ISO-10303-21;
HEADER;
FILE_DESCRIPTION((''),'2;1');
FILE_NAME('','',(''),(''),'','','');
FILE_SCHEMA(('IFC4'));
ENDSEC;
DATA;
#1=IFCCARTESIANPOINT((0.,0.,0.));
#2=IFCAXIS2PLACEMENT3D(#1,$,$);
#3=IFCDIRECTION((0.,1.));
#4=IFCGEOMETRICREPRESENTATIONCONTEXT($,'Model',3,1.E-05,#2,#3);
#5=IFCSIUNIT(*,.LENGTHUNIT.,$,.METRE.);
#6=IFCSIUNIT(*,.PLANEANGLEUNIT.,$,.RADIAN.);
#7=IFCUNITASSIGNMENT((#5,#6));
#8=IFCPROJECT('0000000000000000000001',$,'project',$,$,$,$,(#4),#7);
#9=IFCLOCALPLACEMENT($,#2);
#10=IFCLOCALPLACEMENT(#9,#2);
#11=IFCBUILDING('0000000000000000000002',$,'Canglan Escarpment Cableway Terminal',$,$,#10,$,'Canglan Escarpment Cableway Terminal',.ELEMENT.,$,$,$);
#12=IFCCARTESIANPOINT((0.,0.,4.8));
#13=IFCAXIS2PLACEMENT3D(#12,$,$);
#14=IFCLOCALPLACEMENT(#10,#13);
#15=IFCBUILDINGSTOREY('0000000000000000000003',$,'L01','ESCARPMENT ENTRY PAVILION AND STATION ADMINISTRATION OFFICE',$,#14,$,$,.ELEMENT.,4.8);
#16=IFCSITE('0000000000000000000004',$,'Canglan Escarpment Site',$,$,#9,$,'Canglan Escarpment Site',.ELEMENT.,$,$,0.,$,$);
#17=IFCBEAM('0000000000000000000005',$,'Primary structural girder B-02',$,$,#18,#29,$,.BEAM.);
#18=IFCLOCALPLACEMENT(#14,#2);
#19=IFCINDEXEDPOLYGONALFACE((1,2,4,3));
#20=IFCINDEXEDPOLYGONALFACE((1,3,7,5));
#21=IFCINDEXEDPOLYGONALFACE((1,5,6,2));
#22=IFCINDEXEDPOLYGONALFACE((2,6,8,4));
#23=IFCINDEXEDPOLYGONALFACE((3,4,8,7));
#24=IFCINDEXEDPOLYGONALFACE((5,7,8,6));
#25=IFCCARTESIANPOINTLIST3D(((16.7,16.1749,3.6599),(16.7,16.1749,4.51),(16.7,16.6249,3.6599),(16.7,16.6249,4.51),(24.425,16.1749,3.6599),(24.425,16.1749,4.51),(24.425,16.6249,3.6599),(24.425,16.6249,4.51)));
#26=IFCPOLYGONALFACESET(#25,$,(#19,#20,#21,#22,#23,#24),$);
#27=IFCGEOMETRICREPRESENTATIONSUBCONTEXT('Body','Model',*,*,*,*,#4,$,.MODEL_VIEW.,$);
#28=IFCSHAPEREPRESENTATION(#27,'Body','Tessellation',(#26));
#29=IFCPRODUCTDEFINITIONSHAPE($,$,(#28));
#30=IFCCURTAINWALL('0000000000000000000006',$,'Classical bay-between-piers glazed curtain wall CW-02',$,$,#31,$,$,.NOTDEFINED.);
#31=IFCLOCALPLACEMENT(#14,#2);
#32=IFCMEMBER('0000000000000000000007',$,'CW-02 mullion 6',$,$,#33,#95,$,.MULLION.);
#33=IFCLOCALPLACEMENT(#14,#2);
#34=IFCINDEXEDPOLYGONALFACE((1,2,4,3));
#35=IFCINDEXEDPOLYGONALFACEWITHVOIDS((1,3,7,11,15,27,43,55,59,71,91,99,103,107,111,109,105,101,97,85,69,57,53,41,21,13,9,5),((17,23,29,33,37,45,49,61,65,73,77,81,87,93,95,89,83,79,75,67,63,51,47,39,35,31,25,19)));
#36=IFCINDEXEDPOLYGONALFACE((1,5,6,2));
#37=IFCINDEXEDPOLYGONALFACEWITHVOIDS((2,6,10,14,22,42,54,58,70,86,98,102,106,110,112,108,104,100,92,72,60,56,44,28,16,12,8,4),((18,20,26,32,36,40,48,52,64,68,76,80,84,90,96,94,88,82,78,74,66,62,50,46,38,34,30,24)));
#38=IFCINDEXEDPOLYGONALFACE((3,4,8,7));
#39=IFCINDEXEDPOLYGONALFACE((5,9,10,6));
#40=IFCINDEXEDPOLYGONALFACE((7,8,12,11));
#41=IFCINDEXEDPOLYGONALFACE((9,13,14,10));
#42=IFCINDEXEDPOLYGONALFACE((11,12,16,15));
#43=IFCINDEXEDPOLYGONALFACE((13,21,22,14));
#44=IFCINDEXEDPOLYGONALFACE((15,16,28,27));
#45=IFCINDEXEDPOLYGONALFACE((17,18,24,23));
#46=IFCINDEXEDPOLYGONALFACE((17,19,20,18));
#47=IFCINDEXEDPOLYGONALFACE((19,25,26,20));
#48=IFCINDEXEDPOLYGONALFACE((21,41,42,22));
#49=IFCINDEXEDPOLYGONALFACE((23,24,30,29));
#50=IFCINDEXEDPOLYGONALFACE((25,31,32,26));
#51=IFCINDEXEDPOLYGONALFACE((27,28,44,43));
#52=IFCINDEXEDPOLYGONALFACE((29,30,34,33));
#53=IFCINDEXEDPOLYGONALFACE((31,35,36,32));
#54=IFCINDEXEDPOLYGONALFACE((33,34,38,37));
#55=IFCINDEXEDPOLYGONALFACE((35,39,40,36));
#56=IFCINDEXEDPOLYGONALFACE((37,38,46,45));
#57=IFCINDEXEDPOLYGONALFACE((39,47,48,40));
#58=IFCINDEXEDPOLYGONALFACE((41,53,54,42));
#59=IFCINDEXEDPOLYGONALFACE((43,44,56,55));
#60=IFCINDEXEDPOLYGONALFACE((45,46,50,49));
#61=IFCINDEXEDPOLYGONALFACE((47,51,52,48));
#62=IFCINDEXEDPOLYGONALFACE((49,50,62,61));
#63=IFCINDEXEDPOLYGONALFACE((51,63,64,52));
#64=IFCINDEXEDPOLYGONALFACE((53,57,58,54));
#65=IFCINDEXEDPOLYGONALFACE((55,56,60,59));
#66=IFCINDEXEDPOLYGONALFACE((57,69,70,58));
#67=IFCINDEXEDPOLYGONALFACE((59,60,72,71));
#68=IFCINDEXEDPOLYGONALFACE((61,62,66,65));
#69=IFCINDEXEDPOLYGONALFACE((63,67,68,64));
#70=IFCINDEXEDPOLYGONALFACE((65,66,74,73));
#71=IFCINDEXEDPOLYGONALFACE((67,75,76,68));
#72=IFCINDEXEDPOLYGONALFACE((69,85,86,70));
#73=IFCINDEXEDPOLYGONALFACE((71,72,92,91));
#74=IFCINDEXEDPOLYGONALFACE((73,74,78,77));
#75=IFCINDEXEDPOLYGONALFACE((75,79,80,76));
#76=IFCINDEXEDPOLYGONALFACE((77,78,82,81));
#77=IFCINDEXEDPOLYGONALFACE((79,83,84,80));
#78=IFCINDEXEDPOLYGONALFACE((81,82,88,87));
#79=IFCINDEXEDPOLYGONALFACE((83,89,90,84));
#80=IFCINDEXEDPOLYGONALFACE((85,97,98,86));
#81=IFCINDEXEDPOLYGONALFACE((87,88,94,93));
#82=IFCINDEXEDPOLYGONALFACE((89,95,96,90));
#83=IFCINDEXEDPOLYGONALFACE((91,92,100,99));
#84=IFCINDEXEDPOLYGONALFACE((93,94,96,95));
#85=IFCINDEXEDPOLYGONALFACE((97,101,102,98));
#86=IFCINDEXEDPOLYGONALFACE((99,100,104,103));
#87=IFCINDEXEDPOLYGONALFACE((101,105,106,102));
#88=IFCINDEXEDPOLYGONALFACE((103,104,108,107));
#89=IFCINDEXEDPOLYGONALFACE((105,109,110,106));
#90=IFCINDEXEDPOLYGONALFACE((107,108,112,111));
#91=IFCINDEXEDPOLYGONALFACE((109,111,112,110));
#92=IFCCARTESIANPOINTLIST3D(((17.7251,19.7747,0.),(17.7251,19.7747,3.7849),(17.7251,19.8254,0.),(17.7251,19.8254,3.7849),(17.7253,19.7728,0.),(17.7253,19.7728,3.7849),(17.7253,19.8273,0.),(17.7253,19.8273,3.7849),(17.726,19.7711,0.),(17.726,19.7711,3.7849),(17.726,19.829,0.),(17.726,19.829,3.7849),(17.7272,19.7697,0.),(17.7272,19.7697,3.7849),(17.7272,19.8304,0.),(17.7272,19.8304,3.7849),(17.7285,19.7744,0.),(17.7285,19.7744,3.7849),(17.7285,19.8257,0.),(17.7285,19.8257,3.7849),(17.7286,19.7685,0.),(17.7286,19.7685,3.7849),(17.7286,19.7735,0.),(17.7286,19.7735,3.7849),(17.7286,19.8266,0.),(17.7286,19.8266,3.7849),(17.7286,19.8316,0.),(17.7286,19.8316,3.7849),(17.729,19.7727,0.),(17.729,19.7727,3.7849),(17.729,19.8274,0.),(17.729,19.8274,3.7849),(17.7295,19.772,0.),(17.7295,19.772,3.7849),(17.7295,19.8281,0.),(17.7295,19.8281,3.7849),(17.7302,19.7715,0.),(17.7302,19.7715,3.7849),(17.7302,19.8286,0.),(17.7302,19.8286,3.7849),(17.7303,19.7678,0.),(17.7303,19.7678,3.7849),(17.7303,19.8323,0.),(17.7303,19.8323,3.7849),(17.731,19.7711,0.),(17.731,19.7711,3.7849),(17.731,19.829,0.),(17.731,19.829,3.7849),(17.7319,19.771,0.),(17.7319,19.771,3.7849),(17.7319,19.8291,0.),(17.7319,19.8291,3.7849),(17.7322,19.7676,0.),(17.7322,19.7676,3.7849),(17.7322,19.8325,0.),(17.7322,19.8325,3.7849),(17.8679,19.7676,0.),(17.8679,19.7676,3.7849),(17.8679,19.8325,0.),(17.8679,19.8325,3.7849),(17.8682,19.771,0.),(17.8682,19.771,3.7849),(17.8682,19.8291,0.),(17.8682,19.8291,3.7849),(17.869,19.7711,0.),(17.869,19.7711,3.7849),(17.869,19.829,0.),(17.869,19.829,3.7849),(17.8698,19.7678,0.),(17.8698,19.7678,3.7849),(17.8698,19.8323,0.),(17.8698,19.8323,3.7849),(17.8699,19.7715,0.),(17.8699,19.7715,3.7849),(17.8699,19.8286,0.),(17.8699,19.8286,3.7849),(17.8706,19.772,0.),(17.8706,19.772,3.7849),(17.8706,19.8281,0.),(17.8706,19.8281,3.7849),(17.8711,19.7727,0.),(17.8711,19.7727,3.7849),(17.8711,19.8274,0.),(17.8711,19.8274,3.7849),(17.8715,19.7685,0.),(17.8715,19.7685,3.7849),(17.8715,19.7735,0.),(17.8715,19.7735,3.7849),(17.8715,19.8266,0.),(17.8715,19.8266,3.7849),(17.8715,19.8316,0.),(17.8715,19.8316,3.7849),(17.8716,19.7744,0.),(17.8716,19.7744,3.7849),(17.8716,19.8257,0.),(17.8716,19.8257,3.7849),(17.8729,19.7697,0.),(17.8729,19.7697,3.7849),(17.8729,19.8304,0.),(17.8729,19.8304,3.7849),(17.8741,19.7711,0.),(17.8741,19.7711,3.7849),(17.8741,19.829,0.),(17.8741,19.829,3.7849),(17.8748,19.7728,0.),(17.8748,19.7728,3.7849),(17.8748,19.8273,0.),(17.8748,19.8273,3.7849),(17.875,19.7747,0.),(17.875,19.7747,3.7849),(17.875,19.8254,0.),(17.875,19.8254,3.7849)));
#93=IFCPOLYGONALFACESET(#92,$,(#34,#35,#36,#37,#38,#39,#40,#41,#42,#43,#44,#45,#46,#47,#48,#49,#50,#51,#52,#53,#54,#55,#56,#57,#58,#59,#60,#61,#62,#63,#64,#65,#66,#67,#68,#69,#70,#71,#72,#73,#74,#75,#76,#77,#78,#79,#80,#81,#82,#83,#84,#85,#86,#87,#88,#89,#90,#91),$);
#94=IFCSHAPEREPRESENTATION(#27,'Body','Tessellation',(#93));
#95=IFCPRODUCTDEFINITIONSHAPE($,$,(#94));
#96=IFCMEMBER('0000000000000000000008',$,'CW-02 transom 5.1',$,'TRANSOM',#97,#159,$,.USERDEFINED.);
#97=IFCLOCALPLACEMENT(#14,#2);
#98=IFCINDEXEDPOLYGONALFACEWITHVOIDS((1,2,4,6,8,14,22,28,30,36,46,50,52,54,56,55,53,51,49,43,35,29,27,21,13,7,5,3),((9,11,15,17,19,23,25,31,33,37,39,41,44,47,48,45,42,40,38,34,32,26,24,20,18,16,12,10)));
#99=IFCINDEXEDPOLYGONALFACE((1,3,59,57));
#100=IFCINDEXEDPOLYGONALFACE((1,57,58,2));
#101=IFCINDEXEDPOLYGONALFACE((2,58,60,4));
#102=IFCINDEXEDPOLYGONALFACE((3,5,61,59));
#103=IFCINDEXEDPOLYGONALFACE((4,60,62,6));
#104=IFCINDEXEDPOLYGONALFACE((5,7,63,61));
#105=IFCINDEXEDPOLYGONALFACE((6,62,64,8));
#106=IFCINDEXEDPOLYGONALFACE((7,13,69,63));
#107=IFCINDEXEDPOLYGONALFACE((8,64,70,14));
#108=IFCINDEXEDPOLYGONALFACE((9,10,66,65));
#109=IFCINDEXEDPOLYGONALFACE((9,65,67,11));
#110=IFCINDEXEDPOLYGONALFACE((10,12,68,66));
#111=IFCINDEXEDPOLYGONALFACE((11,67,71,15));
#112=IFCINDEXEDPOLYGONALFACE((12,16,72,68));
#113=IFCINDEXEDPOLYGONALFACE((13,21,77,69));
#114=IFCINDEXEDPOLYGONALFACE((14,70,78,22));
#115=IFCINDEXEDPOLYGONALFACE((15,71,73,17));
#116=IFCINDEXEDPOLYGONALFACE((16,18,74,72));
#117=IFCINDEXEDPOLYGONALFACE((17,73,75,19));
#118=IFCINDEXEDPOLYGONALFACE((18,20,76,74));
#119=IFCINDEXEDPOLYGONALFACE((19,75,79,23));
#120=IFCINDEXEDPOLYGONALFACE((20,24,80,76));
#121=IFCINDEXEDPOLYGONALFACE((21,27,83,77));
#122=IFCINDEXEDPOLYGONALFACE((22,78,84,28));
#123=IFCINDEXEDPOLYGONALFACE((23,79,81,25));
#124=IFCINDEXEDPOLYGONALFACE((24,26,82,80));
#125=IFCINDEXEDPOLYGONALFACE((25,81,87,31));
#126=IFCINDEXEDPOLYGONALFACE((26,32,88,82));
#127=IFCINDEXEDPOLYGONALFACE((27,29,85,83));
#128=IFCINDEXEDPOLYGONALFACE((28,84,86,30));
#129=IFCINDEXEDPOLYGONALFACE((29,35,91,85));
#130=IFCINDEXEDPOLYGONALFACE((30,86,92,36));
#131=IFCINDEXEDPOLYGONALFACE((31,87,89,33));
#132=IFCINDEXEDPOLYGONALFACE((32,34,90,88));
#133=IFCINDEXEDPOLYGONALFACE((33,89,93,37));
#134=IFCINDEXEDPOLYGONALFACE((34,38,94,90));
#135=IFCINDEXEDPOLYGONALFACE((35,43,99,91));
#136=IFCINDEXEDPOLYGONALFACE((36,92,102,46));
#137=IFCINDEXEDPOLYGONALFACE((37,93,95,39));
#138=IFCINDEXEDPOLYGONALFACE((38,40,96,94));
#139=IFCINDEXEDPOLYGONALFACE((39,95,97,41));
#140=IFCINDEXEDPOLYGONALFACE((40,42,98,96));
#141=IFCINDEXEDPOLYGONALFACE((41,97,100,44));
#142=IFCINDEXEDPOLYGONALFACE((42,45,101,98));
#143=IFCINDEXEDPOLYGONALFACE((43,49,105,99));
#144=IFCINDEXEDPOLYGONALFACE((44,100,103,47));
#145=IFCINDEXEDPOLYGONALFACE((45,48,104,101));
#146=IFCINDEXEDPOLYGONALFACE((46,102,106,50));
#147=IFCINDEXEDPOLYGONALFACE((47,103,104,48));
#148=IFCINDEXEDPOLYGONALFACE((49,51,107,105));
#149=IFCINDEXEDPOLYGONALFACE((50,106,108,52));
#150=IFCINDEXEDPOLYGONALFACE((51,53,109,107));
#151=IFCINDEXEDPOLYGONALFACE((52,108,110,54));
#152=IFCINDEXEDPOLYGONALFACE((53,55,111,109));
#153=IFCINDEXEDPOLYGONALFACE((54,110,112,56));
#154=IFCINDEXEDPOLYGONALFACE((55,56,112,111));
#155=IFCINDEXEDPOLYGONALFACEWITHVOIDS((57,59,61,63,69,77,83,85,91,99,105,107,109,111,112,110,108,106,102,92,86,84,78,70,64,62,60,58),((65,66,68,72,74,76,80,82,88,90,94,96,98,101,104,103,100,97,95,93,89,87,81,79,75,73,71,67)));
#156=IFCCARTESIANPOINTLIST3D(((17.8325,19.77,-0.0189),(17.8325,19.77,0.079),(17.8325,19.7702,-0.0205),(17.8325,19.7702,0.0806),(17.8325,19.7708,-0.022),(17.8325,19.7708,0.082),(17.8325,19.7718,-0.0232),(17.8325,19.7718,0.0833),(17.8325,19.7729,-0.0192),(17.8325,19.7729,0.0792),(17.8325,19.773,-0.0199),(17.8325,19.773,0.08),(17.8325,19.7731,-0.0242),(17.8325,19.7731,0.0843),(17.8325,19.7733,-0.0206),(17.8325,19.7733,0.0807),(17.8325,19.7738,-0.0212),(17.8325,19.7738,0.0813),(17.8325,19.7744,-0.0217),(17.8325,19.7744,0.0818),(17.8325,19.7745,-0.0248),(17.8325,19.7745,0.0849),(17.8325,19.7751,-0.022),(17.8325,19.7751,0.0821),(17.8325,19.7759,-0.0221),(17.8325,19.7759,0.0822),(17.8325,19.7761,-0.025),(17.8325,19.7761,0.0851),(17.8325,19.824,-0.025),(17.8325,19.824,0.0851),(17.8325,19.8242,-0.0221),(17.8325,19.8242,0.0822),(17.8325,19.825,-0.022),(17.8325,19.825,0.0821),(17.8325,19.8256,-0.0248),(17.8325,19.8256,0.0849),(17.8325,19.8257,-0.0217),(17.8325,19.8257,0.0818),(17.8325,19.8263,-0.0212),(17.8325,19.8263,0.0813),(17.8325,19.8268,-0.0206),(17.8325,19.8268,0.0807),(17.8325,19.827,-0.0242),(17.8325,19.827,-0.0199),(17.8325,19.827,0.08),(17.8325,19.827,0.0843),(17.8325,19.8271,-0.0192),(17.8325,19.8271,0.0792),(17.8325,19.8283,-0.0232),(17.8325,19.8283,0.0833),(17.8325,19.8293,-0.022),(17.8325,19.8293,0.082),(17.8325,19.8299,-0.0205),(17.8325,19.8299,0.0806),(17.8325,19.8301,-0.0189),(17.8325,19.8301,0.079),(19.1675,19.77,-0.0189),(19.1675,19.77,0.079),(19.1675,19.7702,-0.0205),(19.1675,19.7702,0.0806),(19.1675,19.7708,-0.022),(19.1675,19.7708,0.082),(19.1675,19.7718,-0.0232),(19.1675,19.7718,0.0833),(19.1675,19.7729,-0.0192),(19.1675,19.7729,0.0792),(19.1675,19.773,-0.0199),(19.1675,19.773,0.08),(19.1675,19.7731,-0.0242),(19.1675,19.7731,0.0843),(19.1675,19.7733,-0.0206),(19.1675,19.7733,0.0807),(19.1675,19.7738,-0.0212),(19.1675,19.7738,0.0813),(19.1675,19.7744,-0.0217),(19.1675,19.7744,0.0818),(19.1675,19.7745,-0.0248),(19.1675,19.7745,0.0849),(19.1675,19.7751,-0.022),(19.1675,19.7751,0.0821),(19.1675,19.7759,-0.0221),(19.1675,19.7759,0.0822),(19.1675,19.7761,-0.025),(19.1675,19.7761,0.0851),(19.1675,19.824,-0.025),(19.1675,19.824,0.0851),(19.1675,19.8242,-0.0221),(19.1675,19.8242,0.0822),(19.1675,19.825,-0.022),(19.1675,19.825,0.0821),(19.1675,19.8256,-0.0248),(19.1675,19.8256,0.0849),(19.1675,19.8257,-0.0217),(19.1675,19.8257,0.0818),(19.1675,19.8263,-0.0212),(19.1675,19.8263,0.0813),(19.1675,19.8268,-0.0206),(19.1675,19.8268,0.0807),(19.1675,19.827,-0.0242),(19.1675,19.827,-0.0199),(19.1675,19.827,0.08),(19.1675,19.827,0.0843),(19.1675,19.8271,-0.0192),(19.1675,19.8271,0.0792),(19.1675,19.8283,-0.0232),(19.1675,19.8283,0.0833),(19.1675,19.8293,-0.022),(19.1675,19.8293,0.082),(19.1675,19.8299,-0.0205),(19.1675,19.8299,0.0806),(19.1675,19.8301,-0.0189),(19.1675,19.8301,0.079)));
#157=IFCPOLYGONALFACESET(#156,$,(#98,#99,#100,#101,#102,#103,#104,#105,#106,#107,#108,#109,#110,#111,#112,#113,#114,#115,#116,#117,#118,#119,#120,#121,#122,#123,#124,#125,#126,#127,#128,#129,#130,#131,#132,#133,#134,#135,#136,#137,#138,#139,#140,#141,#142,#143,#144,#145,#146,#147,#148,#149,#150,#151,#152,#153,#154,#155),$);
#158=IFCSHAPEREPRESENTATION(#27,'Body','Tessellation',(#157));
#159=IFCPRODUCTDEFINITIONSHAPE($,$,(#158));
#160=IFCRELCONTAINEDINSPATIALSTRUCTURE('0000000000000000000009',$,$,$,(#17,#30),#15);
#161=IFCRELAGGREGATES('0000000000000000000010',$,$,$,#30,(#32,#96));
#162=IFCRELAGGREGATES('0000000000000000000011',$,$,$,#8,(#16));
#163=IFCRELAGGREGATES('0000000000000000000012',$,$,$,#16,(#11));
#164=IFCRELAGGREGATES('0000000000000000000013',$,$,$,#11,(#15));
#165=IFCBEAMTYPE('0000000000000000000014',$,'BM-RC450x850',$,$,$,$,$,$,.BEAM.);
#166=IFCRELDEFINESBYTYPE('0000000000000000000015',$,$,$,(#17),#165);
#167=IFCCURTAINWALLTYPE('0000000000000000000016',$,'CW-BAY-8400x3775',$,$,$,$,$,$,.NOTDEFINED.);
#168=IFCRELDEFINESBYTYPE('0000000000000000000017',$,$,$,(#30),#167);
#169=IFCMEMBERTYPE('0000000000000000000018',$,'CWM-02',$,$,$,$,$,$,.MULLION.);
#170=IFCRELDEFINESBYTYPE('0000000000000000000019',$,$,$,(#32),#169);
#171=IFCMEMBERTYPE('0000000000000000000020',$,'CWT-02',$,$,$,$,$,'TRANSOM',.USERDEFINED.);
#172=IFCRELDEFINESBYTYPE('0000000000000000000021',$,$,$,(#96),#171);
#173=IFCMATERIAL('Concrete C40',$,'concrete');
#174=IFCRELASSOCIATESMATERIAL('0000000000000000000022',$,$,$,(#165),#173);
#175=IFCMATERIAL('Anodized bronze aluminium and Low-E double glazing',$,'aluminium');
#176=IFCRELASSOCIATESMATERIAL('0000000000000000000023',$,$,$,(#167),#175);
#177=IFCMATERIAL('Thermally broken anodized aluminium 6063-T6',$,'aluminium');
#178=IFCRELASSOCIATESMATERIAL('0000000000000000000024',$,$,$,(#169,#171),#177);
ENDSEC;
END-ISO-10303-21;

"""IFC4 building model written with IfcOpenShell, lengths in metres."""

from ifc_helpers import new_model, si_unit, direction, frame, origin, origin_2d, place, context, subcontext, project, spatial, rectangle, hollow_rectangle, extrude, material, material_profile, profile_set, type_object, element, aggregate, save


model = new_model("IFC4")

# Units and contexts
model_context = context("Model", 3, precision=1e-05, world=origin(), true_north=direction((0.0, 1.0)))
body_context = subcontext(model_context, "Body", "Model", "MODEL_VIEW")
ifc_project = project(units=[si_unit("LENGTHUNIT", "METRE"), si_unit("PLANEANGLEUNIT", "RADIAN")], contexts=[model_context])

# Site, building, storey
site_placement = place(None, origin())
site = spatial("IfcSite", under=ifc_project, at=site_placement, Name="Canglan Escarpment Site", LongName="Canglan Escarpment Site", CompositionType="ELEMENT", RefElevation=0.0)
building_placement = place(site_placement, origin())
building = spatial("IfcBuilding", under=site, at=building_placement, Name="Canglan Escarpment Cableway Terminal", LongName="Canglan Escarpment Cableway Terminal", CompositionType="ELEMENT")
storey_placement = place(building_placement, frame((0.0, 0.0, 4.8)))
storey = spatial("IfcBuildingStorey", under=building, at=storey_placement, Name="L01", Description="ESCARPMENT ENTRY PAVILION AND STATION ADMINISTRATION OFFICE", CompositionType="ELEMENT", Elevation=4.8)

# Beam
ifc_material_1 = material(Name="Concrete C40", Category="concrete")
ifc_material_profile_1 = material_profile(ifc_material_1, rectangle(XDim=0.45, YDim=0.8501, at=origin_2d()), Name="RC 450x850")
ifc_profile_set_1 = profile_set([ifc_material_profile_1], Name="Concrete C40")
beam_type_1 = type_object("IfcBeamType", Name="BM-RC450x850", PredefinedType="BEAM", material=ifc_profile_set_1)
beam_1_placement = place(storey_placement, frame((16.7, 16.3999, 4.085), z_axis=(1.0, 0.0, 0.0), x_axis=(0.0, 1.0, 0.0)))
element("IfcBeam", 1, at=beam_1_placement, inside=storey, type_object=beam_type_1, Name="Primary structural girder B-02", PredefinedType="BEAM", context=body_context, shape_type="SweptSolid", body=[
    extrude(rectangle(XDim=0.45, YDim=0.8501, at=origin_2d()), origin(), (0.0, 0.0, 1.0), 7.7251),
])

# Curtain wall, members
ifc_material_2 = material(Name="Anodized bronze aluminium and Low-E double glazing", Category="aluminium")
curtain_wall_type = type_object("IfcCurtainWallType", Name="CW-BAY-8400x3775", PredefinedType="NOTDEFINED", material=ifc_material_2)
curtain_wall_placement = place(storey_placement, origin())
curtain_wall = element("IfcCurtainWall", 2, at=curtain_wall_placement, inside=storey, type_object=curtain_wall_type, Name="Classical bay-between-piers glazed curtain wall CW-02", PredefinedType="NOTDEFINED")
ifc_material_3 = material(Name="Thermally broken anodized aluminium 6063-T6", Category="aluminium")
ifc_material_profile_2 = material_profile(ifc_material_3, hollow_rectangle(XDim=0.0649, YDim=0.1499, WallThickness=0.0034, InnerFilletRadius=0.0034, OuterFilletRadius=0.0071, at=origin_2d()), Name="ALU-MULL 65x150x3.5")
ifc_profile_set_2 = profile_set([ifc_material_profile_2], Name="Thermally broken anodized aluminium 6063-T6")
member_type_1 = type_object("IfcMemberType", Name="CWM-02", PredefinedType="MULLION", material=ifc_profile_set_2)
member_1_placement = place(storey_placement, frame((17.8, 19.8, 0.0), z_axis=(0.0, 0.0, 1.0), x_axis=(0.0, -1.0, 0.0)))
member_1 = element("IfcMember", 3, at=member_1_placement, type_object=member_type_1, Name="CW-02 mullion 6", PredefinedType="MULLION", context=body_context, shape_type="SweptSolid", body=[
    extrude(hollow_rectangle(XDim=0.0649, YDim=0.1499, WallThickness=0.0034, InnerFilletRadius=0.0034, OuterFilletRadius=0.0071, at=origin_2d()), origin(), (0.0, 0.0, 1.0), 3.7849),
])
ifc_material_profile_3 = material_profile(ifc_material_3, hollow_rectangle(XDim=0.0601, YDim=0.1101, WallThickness=0.0029, InnerFilletRadius=0.0029, OuterFilletRadius=0.0061, at=origin_2d()), Name="ALU-TRAN 60x110x3")
ifc_profile_set_3 = profile_set([ifc_material_profile_3], Name="Thermally broken anodized aluminium 6063-T6")
member_type_2 = type_object("IfcMemberType", Name="CWT-02", ElementType="TRANSOM", PredefinedType="USERDEFINED", material=ifc_profile_set_3)
member_2_placement = place(storey_placement, frame((19.1675, 19.8, 0.03), z_axis=(-1.0, 0.0, 0.0), x_axis=(0.0, -1.0, 0.0)))
member_2 = element("IfcMember", 4, at=member_2_placement, type_object=member_type_2, Name="CW-02 transom 5.1", ObjectType="TRANSOM", PredefinedType="USERDEFINED", context=body_context, shape_type="SweptSolid", body=[
    extrude(hollow_rectangle(XDim=0.0601, YDim=0.1101, WallThickness=0.0029, InnerFilletRadius=0.0029, OuterFilletRadius=0.0061, at=origin_2d()), origin(), (0.0, 0.0, 1.0), 1.335),
])

aggregate(curtain_wall, [member_1, member_2])

save(model, "model.ifc")
